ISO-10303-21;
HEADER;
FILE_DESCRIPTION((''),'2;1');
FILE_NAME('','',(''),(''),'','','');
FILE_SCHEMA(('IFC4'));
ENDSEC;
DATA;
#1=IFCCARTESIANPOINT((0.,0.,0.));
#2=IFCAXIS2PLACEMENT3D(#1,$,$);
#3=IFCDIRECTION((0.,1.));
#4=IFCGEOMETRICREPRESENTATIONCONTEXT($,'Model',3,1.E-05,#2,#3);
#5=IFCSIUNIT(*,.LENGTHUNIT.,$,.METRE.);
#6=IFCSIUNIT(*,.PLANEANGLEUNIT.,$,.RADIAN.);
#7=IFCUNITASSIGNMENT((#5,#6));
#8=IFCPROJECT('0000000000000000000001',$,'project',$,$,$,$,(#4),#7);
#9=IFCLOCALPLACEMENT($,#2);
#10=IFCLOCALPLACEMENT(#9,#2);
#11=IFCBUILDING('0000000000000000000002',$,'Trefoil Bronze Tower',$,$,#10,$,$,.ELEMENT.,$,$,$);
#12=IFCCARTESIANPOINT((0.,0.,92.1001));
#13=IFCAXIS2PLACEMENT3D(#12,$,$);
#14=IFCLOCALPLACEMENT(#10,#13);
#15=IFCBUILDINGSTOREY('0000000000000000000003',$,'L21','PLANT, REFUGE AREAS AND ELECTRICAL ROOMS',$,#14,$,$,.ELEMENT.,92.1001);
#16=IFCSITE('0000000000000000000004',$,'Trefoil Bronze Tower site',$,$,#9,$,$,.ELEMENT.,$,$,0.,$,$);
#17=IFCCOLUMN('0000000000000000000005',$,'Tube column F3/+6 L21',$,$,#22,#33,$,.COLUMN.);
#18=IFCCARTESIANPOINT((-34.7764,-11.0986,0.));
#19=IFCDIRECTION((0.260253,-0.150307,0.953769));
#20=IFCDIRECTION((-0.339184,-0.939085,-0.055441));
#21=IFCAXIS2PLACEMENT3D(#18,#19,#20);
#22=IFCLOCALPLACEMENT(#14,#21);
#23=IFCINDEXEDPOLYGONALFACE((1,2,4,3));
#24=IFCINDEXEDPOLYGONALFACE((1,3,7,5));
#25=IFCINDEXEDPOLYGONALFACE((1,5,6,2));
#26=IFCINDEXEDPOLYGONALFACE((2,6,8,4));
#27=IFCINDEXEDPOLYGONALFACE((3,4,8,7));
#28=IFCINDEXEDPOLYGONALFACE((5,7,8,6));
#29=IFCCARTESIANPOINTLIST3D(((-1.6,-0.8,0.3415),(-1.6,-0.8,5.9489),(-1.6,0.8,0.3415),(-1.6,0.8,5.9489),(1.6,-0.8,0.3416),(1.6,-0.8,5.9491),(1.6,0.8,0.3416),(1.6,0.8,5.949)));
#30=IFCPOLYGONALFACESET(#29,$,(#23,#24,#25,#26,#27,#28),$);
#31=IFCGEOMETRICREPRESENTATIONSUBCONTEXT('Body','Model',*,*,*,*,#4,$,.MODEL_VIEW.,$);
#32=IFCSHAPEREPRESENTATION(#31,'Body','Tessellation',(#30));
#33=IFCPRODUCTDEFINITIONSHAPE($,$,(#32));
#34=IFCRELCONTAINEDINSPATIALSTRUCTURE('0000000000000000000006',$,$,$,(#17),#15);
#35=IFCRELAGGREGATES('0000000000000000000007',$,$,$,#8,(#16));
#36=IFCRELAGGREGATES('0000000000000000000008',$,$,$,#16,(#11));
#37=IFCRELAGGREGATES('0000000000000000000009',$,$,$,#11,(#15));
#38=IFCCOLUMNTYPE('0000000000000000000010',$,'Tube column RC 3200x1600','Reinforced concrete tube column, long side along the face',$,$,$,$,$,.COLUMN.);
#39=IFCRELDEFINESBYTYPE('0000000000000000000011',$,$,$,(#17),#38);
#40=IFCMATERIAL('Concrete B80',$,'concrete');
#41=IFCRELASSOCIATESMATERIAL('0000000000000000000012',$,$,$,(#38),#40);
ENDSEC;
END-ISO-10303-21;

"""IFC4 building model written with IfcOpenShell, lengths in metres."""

from ifc_helpers import new_model, si_unit, direction, frame, origin, origin_2d, place, context, subcontext, project, spatial, rectangle, extrude, clip, halfspace, material, material_profile, profile_set, type_object, element, save


model = new_model("IFC4")

# Units and contexts
model_context = context("Model", 3, precision=1e-05, world=origin(), true_north=direction((0.0, 1.0)))
body_context = subcontext(model_context, "Body", "Model", "MODEL_VIEW")
ifc_project = project(units=[si_unit("LENGTHUNIT", "METRE"), si_unit("PLANEANGLEUNIT", "RADIAN")], contexts=[model_context])

# Site, building, storey
site_placement = place(None, origin())
site = spatial("IfcSite", under=ifc_project, at=site_placement, Name="Trefoil Bronze Tower site", CompositionType="ELEMENT", RefElevation=0.0)
building_placement = place(site_placement, origin())
building = spatial("IfcBuilding", under=site, at=building_placement, Name="Trefoil Bronze Tower", CompositionType="ELEMENT")
storey_placement = place(building_placement, frame((0.0, 0.0, 92.1001)))
storey = spatial("IfcBuildingStorey", under=building, at=storey_placement, Name="L21", Description="PLANT, REFUGE AREAS AND ELECTRICAL ROOMS", CompositionType="ELEMENT", Elevation=92.1001)

# Column
ifc_material_1 = material(Name="Concrete B80", Category="concrete")
ifc_material_profile_1 = material_profile(ifc_material_1, rectangle(XDim=3.2, YDim=1.6001, at=origin_2d()), Name="RC 3200x1600")
ifc_profile_set_1 = profile_set([ifc_material_profile_1], Name="Concrete B80")
column_type = type_object("IfcColumnType", Name="Tube column RC 3200x1600", Description="Reinforced concrete tube column, long side along the face", PredefinedType="COLUMN", material=ifc_profile_set_1)
column_placement = place(storey_placement, frame((-34.7764, -11.0986, 0.0), z_axis=(0.260253, -0.150307, 0.953769), x_axis=(-0.339184, -0.939085, -0.055441)))
element("IfcColumn", 1, at=column_placement, inside=storey, type_object=column_type, Name="Tube column F3/+6 L21", PredefinedType="COLUMN", context=body_context, shape_type="Clipping", body=[
    clip(clip(extrude(rectangle(XDim=3.2, YDim=1.6001, at=origin_2d()), origin(), (0.0, 0.0, 1.0), 6.2908), halfspace(frame((0.0, 0.0, 0.3416), z_axis=(-0.00004, 0.000023, 1.0), x_axis=(0.0, 1.0, -0.000023)), True)), halfspace(frame((-0.0002, 0.0, 5.949), z_axis=(0.00004, -0.000023, -1.0), x_axis=(0.0, -1.0, 0.000023)), True)),
])

save(model, "model.ifc")
